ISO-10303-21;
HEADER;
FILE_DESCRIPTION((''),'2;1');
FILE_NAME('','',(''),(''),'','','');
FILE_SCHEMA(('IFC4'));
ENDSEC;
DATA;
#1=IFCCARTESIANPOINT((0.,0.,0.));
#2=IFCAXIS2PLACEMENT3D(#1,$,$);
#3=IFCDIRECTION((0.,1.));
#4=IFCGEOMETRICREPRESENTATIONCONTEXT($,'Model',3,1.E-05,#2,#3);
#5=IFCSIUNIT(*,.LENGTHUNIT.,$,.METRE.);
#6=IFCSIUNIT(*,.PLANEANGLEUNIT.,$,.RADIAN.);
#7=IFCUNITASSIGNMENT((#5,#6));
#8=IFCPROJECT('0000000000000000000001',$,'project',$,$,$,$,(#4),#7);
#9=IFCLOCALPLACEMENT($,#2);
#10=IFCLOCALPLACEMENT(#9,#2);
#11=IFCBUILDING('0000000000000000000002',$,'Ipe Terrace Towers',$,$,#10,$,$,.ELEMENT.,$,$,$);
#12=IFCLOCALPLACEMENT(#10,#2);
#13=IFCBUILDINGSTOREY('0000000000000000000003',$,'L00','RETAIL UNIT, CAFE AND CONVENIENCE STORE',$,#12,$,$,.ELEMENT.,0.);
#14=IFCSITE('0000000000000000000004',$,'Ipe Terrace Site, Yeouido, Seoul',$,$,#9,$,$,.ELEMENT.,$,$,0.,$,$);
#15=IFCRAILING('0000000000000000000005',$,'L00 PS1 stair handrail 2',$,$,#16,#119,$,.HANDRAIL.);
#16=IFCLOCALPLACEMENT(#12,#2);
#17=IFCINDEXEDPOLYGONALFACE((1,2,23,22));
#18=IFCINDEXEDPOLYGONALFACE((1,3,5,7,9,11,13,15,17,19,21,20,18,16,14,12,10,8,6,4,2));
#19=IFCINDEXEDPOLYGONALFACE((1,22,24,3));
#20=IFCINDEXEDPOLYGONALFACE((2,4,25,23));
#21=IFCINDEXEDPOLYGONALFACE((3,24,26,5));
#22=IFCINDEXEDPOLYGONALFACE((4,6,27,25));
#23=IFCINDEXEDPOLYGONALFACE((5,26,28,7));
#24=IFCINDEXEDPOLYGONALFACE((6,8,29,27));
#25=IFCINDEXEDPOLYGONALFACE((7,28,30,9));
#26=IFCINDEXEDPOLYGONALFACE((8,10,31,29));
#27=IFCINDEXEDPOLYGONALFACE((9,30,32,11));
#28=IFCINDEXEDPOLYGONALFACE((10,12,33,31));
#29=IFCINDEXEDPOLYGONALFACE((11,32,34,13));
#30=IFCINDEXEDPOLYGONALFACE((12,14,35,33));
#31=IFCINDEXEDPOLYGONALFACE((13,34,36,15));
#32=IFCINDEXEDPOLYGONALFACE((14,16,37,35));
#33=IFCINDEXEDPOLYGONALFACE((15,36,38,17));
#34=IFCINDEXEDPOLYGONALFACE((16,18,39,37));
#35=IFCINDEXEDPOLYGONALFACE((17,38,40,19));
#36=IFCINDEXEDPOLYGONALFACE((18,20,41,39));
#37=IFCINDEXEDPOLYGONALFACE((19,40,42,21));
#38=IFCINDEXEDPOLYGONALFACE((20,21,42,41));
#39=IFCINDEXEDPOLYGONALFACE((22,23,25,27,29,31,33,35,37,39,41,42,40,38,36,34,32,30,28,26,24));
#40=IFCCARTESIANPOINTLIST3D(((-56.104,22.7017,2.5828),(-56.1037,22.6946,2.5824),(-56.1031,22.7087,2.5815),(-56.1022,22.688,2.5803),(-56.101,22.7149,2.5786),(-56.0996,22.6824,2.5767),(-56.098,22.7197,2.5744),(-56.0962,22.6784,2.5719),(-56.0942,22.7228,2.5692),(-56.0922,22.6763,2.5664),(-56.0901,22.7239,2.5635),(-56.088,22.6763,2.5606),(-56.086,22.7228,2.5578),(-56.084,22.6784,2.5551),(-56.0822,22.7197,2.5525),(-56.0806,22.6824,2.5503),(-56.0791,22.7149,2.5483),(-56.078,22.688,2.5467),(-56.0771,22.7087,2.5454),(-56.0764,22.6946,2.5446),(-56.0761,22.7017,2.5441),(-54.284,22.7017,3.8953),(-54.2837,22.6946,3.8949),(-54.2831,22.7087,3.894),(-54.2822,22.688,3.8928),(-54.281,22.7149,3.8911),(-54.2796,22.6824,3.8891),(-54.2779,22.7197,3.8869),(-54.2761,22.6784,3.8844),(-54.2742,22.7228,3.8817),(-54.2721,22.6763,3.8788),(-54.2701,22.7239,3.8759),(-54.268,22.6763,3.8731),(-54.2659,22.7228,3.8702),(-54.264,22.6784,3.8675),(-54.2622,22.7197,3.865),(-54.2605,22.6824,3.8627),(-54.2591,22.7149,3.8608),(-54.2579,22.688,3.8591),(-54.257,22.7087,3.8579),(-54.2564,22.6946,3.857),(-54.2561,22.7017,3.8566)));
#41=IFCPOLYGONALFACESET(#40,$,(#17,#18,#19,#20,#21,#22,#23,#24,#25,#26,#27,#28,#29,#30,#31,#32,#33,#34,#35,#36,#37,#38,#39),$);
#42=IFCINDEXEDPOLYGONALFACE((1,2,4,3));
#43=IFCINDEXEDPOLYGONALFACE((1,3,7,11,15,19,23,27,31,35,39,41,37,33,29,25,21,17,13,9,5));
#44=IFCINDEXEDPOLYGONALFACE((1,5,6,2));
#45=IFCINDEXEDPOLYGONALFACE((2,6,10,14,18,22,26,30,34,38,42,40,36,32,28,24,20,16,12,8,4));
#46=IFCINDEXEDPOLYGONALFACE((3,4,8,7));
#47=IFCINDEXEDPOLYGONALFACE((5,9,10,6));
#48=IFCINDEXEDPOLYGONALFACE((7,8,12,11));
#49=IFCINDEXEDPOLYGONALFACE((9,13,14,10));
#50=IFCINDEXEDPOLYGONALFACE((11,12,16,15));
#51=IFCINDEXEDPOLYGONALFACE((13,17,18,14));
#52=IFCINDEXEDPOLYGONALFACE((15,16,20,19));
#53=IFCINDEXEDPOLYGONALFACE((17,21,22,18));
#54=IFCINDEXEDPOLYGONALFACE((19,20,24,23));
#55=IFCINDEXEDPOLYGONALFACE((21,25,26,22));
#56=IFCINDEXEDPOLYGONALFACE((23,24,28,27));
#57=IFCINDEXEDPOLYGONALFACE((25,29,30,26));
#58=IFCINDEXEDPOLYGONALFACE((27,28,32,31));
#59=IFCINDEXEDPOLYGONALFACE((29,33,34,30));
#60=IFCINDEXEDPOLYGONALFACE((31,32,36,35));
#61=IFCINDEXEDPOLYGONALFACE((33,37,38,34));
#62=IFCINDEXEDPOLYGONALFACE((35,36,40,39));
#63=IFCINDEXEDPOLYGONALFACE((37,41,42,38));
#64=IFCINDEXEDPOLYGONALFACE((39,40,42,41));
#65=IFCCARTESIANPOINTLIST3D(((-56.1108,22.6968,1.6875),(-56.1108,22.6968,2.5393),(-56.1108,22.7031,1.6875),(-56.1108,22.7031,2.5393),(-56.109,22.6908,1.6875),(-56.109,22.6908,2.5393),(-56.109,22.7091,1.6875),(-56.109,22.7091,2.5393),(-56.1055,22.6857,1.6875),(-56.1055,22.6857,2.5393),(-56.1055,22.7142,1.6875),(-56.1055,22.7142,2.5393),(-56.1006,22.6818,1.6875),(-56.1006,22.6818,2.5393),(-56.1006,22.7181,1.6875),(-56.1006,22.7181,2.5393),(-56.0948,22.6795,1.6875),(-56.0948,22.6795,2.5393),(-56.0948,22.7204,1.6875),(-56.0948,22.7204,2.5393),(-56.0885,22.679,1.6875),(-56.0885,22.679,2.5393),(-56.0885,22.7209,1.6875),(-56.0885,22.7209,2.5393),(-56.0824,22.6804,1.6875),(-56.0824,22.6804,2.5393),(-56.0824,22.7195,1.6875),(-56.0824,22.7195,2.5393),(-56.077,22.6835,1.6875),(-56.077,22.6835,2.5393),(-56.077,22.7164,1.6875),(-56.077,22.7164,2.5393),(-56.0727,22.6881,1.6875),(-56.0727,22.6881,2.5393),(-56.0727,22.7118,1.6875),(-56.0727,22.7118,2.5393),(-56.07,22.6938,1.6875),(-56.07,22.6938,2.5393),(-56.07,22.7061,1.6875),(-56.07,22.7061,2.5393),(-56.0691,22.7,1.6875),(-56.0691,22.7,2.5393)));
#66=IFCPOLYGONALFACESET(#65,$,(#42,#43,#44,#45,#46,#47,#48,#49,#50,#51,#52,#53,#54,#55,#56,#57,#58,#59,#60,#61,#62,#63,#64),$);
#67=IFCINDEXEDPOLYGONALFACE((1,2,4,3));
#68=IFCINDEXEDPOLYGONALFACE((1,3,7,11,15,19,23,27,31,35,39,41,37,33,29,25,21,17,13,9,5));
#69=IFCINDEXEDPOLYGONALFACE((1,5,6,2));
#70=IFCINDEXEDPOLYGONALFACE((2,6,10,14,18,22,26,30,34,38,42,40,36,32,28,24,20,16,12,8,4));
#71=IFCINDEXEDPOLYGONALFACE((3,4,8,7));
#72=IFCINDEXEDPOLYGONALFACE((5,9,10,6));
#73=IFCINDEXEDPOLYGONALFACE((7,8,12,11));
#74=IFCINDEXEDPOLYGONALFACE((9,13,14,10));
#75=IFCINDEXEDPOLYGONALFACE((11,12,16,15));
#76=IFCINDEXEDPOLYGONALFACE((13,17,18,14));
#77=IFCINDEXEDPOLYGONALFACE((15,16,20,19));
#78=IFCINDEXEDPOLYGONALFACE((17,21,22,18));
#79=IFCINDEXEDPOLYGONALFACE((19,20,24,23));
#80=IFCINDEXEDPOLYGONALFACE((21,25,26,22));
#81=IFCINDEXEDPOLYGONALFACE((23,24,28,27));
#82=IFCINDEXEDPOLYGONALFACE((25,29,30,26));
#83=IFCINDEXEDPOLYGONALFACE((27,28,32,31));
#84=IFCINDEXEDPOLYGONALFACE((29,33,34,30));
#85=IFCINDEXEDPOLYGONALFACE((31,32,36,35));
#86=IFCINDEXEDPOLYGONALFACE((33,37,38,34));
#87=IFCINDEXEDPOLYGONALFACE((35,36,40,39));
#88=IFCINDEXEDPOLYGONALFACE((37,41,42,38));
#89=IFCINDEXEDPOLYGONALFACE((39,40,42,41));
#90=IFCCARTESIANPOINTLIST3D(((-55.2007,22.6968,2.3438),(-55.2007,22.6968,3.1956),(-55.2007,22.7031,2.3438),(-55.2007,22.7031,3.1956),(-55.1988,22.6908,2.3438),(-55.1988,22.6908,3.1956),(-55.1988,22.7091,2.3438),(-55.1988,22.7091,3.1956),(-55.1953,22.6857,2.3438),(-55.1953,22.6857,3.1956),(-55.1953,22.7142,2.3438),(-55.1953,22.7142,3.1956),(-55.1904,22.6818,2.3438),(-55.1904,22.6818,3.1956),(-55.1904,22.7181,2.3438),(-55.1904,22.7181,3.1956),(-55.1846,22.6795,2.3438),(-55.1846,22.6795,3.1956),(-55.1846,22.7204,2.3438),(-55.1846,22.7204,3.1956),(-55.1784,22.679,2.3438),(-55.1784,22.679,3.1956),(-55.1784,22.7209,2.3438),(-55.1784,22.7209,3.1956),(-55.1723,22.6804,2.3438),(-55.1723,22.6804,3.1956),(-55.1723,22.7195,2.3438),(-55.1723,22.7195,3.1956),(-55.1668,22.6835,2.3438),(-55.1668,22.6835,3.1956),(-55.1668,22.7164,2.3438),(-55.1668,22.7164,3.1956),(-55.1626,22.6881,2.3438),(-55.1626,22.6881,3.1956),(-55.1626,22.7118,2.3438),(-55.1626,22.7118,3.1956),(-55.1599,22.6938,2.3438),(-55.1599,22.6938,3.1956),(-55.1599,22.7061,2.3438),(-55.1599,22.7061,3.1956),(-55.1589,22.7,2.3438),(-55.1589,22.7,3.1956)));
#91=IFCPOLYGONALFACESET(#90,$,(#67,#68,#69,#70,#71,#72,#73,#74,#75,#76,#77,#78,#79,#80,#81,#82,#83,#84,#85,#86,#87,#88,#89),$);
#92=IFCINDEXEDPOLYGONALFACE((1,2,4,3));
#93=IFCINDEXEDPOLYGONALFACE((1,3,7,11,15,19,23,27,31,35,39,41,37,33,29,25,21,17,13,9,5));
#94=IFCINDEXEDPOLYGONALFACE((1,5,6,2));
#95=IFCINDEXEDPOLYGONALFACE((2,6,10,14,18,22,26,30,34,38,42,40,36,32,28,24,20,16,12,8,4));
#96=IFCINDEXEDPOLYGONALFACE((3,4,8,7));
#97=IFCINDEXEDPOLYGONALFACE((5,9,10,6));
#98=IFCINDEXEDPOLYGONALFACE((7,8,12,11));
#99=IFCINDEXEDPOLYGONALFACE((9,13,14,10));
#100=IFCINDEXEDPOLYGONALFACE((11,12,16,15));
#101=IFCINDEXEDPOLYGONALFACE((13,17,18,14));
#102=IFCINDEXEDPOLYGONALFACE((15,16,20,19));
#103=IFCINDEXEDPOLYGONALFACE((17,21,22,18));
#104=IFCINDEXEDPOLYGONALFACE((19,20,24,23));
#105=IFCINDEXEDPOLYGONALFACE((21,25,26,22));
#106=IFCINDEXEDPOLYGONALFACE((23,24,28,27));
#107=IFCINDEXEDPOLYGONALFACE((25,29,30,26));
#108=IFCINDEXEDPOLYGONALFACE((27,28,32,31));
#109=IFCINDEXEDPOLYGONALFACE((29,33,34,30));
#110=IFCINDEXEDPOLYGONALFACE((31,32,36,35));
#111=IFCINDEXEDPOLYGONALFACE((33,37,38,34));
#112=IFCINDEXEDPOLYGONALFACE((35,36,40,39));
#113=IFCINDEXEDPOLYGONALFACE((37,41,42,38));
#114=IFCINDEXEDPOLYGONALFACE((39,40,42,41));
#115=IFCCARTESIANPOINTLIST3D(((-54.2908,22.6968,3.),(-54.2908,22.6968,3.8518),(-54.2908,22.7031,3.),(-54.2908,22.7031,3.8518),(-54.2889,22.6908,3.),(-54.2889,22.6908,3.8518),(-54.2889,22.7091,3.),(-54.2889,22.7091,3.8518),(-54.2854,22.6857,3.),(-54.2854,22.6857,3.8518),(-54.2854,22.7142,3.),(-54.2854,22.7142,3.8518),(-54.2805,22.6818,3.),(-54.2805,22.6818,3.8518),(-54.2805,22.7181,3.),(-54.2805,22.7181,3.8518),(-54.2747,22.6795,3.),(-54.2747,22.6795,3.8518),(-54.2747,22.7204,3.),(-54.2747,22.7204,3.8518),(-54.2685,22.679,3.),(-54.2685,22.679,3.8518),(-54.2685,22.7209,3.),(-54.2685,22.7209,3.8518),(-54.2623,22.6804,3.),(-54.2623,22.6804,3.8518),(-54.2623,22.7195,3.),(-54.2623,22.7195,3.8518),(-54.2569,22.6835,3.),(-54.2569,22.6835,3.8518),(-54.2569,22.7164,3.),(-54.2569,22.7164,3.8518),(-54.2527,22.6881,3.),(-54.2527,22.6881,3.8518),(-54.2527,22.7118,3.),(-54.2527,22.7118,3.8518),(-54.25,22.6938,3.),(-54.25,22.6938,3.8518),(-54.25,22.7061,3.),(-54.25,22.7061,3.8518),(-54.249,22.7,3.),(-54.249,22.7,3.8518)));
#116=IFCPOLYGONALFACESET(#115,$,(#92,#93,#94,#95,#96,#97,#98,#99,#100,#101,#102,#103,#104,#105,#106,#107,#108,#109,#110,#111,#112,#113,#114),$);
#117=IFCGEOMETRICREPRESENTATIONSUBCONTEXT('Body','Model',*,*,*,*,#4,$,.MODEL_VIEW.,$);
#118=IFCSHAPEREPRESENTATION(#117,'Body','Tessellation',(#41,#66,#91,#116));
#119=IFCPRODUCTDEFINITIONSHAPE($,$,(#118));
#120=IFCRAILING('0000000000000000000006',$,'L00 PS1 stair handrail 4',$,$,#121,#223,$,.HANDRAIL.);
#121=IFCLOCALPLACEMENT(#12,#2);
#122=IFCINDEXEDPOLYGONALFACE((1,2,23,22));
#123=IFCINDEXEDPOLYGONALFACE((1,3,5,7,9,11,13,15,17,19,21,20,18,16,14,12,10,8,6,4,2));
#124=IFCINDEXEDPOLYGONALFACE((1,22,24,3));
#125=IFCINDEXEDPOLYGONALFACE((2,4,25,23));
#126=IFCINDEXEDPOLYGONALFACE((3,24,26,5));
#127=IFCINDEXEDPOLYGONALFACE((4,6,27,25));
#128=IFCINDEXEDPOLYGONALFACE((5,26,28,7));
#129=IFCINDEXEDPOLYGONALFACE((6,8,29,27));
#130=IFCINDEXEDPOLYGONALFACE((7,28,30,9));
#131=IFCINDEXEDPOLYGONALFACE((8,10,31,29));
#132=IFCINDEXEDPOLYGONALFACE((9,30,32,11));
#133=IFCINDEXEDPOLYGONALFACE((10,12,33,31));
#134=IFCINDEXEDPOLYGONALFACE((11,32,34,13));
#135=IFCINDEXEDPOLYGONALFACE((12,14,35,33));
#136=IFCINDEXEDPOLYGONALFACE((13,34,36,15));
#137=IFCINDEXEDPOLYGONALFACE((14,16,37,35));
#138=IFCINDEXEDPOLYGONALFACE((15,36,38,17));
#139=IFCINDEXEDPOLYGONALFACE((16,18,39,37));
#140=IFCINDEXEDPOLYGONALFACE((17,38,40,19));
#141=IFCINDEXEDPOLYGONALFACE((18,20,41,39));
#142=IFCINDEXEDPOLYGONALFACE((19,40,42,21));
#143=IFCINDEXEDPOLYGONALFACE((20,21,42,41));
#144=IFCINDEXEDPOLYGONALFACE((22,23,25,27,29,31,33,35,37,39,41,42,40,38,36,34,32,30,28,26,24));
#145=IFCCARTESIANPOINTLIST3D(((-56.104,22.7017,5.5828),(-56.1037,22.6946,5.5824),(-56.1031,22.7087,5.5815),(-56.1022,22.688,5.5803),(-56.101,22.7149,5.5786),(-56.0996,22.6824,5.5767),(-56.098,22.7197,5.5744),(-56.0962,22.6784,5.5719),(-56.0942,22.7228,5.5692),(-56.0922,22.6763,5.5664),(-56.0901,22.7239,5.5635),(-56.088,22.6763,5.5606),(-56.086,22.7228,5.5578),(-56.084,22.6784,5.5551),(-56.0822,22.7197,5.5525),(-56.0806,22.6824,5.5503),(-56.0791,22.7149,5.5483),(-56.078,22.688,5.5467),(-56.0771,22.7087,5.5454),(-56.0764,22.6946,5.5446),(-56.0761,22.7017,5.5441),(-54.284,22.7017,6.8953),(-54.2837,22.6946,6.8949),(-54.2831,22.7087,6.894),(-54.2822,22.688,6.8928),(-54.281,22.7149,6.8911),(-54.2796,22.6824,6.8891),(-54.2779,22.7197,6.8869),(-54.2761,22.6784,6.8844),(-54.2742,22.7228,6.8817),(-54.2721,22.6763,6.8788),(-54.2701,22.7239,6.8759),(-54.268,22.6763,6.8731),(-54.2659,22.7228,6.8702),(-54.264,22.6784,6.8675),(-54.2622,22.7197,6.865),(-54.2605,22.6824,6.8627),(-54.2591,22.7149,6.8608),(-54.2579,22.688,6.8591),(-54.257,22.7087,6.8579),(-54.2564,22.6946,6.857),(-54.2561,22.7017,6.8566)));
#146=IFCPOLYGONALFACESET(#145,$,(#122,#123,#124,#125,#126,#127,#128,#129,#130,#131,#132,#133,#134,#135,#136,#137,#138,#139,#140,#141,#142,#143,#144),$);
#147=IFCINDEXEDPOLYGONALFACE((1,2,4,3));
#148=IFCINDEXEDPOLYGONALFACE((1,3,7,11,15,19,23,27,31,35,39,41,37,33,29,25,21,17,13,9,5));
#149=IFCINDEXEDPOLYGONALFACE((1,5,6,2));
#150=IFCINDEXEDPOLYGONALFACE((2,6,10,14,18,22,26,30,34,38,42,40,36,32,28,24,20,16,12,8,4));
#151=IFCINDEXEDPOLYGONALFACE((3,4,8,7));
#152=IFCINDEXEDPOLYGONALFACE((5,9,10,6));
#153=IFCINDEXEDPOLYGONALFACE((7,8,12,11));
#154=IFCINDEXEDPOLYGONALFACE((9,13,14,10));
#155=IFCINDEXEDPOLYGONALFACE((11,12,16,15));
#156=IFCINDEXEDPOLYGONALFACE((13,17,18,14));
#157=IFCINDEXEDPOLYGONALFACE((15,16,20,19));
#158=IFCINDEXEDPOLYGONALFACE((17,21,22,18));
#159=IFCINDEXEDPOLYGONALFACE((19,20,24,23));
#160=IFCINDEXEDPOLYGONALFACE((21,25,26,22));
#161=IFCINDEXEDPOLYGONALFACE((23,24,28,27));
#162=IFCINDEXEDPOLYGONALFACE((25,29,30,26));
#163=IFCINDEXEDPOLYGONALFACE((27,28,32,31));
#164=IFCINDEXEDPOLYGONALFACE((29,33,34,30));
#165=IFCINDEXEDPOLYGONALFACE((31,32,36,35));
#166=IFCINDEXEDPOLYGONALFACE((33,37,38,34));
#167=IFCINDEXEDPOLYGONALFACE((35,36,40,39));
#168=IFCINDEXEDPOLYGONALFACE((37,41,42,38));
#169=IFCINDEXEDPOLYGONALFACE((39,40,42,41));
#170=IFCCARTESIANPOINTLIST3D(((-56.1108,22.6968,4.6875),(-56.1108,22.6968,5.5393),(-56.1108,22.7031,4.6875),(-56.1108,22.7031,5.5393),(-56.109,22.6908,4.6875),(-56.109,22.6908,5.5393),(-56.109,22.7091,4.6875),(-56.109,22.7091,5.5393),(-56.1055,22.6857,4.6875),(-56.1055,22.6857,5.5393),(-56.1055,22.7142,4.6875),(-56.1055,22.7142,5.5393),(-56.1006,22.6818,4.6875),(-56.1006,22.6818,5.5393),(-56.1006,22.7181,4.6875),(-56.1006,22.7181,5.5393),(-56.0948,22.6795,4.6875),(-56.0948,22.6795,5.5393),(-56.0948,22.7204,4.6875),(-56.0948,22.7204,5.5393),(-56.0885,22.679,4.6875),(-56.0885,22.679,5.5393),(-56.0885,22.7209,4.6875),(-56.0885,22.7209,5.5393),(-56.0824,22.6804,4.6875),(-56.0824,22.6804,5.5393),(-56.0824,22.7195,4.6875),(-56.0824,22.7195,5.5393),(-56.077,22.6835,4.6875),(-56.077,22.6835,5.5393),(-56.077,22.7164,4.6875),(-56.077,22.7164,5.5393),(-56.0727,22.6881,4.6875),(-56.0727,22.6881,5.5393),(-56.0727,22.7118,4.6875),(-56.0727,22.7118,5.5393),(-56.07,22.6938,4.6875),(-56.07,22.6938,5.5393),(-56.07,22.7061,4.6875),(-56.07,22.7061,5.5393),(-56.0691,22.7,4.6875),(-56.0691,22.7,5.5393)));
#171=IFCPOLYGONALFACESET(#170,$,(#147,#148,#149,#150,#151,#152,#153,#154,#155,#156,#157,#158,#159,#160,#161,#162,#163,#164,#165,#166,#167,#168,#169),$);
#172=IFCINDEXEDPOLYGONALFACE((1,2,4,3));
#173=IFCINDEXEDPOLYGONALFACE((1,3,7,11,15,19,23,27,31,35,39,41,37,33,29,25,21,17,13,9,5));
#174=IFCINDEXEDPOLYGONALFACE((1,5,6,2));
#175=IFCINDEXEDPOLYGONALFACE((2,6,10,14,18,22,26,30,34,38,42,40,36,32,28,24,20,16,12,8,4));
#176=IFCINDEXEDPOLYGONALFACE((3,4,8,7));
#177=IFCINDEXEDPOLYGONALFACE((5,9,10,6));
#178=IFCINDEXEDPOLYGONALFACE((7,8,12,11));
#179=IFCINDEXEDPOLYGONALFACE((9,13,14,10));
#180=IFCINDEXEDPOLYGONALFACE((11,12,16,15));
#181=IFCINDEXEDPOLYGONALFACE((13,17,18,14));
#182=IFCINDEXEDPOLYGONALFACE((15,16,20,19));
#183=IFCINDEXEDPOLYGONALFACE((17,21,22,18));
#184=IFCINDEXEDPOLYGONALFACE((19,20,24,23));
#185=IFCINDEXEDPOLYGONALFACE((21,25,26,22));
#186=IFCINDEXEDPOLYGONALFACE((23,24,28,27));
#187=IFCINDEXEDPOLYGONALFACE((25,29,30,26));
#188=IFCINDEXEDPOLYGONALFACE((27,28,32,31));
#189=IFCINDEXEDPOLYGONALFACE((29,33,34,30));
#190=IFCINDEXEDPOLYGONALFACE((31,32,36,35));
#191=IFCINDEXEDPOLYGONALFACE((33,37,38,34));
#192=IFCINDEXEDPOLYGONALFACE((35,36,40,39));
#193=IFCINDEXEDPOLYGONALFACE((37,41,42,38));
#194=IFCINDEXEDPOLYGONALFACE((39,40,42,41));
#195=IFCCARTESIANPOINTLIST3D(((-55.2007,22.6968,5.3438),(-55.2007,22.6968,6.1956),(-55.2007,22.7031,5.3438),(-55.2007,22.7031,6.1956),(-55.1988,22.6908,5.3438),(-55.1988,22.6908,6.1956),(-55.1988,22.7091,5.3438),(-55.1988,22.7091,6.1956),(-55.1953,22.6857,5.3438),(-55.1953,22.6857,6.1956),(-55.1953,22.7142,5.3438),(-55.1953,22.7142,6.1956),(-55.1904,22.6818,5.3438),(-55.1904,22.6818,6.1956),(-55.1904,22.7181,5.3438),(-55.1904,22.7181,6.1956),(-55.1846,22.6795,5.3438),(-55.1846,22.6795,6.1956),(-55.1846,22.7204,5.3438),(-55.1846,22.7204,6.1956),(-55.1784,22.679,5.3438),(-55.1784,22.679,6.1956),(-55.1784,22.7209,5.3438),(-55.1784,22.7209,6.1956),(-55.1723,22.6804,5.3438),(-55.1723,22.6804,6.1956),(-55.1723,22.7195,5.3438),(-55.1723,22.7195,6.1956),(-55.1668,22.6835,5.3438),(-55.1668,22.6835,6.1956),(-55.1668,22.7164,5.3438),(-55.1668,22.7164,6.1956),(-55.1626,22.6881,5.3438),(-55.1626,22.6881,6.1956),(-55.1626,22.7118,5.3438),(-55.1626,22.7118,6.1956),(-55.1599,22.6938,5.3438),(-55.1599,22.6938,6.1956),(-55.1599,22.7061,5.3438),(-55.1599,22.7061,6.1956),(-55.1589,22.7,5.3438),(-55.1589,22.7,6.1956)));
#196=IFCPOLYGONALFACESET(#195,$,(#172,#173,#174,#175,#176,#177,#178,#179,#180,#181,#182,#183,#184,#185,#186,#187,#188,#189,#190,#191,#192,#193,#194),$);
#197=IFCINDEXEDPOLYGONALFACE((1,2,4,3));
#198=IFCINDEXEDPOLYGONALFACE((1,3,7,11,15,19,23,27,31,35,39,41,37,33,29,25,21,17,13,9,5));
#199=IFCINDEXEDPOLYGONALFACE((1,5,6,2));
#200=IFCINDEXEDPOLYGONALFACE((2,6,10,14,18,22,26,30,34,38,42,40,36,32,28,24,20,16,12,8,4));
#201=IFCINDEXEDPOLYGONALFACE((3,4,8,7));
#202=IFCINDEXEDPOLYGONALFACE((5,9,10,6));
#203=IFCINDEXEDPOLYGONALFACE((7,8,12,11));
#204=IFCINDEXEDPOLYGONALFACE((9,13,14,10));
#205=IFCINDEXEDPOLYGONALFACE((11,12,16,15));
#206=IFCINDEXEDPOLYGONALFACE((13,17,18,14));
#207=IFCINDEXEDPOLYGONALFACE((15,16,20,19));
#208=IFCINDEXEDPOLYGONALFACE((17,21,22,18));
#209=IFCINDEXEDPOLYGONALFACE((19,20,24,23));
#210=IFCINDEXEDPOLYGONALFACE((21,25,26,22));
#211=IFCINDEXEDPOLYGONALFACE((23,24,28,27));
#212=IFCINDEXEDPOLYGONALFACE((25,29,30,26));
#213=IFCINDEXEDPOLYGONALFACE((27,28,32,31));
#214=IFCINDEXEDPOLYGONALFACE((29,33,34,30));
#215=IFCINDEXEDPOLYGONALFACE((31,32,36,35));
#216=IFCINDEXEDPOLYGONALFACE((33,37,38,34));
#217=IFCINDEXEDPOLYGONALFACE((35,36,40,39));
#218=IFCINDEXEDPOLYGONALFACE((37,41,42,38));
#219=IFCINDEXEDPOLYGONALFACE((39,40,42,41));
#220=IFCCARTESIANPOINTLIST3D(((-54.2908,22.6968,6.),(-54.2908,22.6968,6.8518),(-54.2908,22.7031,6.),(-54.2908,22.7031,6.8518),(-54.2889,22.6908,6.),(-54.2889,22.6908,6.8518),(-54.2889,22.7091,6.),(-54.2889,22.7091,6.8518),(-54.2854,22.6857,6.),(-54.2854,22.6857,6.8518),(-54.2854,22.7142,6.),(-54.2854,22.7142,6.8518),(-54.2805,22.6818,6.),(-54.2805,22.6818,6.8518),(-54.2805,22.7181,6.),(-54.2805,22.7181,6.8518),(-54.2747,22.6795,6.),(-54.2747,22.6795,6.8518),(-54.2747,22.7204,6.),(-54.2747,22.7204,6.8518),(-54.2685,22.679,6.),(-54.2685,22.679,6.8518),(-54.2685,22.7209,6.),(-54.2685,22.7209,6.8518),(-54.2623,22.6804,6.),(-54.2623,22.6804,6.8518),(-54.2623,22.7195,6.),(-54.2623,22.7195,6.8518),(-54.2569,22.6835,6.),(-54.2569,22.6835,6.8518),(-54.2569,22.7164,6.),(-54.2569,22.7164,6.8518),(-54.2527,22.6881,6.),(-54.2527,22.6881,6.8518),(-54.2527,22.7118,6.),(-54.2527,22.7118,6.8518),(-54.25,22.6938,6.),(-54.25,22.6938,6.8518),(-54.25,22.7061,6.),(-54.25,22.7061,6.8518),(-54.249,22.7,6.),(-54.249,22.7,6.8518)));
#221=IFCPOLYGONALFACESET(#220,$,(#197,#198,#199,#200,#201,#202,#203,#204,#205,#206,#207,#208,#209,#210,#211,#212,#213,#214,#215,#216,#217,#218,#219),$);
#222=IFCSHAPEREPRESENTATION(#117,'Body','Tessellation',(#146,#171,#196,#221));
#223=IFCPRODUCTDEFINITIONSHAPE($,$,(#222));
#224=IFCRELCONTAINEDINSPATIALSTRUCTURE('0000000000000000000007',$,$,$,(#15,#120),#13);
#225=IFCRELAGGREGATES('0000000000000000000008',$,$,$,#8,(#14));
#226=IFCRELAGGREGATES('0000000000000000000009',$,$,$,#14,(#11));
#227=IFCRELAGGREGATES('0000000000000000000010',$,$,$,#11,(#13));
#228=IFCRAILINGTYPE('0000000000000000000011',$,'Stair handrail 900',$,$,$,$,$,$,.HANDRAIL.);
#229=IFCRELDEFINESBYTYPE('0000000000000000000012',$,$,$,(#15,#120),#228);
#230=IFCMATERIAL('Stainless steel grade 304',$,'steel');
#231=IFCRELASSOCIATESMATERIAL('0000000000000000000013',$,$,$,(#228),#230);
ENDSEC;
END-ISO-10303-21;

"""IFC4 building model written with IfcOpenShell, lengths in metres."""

from ifc_helpers import new_model, si_unit, direction, frame, origin, origin_2d, place, context, subcontext, project, spatial, circle, extrude, material, type_object, element, save


model = new_model("IFC4")

# Units and contexts
model_context = context("Model", 3, precision=1e-05, world=origin(), true_north=direction((0.0, 1.0)))
body_context = subcontext(model_context, "Body", "Model", "MODEL_VIEW")
ifc_project = project(units=[si_unit("LENGTHUNIT", "METRE"), si_unit("PLANEANGLEUNIT", "RADIAN")], contexts=[model_context])

# Site, building, storey
site_placement = place(None, origin())
site = spatial("IfcSite", under=ifc_project, at=site_placement, Name="Ipe Terrace Site, Yeouido, Seoul", CompositionType="ELEMENT", RefElevation=0.0)
building_placement = place(site_placement, origin())
building = spatial("IfcBuilding", under=site, at=building_placement, Name="Ipe Terrace Towers", CompositionType="ELEMENT")
storey_placement = place(building_placement, origin())
storey = spatial("IfcBuildingStorey", under=building, at=storey_placement, Name="L00", Description="RETAIL UNIT, CAFE AND CONVENIENCE STORE", CompositionType="ELEMENT", Elevation=0.0)

# Railings
ifc_material_1 = material(Name="Stainless steel grade 304", Category="steel")
railing_type_1 = type_object("IfcRailingType", Name="Stair handrail 900", PredefinedType="HANDRAIL", material=ifc_material_1)
for number, where, name in (
    (1, (-56.0901, 22.7, 1.6875), "L00 PS1 stair handrail 2"),
    (2, (-56.0901, 22.7, 4.6875), "L00 PS1 stair handrail 4"),
):
    element("IfcRailing", number, at=place(storey_placement, frame(where)), inside=storey, type_object=railing_type_1, Name=name, PredefinedType="HANDRAIL", context=body_context, shape_type="SweptSolid", body=[
        extrude(circle(Radius=0.0239, at=origin_2d()), frame((0.0, 0.0, 0.876), z_axis=(0.811101, 0.0, 0.584906), x_axis=(0.0, 1.0, 0.0)), (0.0, 0.0, 1.0), 2.2439),
        extrude(circle(Radius=0.021, at=origin_2d()), origin(), (0.0, 0.0, 1.0), 0.8518),
        extrude(circle(Radius=0.021, at=origin_2d()), frame((0.9102, 0.0, 0.6562)), (0.0, 0.0, 1.0), 0.8518),
        extrude(circle(Radius=0.021, at=origin_2d()), frame((1.8201, 0.0, 1.3125)), (0.0, 0.0, 1.0), 0.8518),
    ])

save(model, "model.ifc")
